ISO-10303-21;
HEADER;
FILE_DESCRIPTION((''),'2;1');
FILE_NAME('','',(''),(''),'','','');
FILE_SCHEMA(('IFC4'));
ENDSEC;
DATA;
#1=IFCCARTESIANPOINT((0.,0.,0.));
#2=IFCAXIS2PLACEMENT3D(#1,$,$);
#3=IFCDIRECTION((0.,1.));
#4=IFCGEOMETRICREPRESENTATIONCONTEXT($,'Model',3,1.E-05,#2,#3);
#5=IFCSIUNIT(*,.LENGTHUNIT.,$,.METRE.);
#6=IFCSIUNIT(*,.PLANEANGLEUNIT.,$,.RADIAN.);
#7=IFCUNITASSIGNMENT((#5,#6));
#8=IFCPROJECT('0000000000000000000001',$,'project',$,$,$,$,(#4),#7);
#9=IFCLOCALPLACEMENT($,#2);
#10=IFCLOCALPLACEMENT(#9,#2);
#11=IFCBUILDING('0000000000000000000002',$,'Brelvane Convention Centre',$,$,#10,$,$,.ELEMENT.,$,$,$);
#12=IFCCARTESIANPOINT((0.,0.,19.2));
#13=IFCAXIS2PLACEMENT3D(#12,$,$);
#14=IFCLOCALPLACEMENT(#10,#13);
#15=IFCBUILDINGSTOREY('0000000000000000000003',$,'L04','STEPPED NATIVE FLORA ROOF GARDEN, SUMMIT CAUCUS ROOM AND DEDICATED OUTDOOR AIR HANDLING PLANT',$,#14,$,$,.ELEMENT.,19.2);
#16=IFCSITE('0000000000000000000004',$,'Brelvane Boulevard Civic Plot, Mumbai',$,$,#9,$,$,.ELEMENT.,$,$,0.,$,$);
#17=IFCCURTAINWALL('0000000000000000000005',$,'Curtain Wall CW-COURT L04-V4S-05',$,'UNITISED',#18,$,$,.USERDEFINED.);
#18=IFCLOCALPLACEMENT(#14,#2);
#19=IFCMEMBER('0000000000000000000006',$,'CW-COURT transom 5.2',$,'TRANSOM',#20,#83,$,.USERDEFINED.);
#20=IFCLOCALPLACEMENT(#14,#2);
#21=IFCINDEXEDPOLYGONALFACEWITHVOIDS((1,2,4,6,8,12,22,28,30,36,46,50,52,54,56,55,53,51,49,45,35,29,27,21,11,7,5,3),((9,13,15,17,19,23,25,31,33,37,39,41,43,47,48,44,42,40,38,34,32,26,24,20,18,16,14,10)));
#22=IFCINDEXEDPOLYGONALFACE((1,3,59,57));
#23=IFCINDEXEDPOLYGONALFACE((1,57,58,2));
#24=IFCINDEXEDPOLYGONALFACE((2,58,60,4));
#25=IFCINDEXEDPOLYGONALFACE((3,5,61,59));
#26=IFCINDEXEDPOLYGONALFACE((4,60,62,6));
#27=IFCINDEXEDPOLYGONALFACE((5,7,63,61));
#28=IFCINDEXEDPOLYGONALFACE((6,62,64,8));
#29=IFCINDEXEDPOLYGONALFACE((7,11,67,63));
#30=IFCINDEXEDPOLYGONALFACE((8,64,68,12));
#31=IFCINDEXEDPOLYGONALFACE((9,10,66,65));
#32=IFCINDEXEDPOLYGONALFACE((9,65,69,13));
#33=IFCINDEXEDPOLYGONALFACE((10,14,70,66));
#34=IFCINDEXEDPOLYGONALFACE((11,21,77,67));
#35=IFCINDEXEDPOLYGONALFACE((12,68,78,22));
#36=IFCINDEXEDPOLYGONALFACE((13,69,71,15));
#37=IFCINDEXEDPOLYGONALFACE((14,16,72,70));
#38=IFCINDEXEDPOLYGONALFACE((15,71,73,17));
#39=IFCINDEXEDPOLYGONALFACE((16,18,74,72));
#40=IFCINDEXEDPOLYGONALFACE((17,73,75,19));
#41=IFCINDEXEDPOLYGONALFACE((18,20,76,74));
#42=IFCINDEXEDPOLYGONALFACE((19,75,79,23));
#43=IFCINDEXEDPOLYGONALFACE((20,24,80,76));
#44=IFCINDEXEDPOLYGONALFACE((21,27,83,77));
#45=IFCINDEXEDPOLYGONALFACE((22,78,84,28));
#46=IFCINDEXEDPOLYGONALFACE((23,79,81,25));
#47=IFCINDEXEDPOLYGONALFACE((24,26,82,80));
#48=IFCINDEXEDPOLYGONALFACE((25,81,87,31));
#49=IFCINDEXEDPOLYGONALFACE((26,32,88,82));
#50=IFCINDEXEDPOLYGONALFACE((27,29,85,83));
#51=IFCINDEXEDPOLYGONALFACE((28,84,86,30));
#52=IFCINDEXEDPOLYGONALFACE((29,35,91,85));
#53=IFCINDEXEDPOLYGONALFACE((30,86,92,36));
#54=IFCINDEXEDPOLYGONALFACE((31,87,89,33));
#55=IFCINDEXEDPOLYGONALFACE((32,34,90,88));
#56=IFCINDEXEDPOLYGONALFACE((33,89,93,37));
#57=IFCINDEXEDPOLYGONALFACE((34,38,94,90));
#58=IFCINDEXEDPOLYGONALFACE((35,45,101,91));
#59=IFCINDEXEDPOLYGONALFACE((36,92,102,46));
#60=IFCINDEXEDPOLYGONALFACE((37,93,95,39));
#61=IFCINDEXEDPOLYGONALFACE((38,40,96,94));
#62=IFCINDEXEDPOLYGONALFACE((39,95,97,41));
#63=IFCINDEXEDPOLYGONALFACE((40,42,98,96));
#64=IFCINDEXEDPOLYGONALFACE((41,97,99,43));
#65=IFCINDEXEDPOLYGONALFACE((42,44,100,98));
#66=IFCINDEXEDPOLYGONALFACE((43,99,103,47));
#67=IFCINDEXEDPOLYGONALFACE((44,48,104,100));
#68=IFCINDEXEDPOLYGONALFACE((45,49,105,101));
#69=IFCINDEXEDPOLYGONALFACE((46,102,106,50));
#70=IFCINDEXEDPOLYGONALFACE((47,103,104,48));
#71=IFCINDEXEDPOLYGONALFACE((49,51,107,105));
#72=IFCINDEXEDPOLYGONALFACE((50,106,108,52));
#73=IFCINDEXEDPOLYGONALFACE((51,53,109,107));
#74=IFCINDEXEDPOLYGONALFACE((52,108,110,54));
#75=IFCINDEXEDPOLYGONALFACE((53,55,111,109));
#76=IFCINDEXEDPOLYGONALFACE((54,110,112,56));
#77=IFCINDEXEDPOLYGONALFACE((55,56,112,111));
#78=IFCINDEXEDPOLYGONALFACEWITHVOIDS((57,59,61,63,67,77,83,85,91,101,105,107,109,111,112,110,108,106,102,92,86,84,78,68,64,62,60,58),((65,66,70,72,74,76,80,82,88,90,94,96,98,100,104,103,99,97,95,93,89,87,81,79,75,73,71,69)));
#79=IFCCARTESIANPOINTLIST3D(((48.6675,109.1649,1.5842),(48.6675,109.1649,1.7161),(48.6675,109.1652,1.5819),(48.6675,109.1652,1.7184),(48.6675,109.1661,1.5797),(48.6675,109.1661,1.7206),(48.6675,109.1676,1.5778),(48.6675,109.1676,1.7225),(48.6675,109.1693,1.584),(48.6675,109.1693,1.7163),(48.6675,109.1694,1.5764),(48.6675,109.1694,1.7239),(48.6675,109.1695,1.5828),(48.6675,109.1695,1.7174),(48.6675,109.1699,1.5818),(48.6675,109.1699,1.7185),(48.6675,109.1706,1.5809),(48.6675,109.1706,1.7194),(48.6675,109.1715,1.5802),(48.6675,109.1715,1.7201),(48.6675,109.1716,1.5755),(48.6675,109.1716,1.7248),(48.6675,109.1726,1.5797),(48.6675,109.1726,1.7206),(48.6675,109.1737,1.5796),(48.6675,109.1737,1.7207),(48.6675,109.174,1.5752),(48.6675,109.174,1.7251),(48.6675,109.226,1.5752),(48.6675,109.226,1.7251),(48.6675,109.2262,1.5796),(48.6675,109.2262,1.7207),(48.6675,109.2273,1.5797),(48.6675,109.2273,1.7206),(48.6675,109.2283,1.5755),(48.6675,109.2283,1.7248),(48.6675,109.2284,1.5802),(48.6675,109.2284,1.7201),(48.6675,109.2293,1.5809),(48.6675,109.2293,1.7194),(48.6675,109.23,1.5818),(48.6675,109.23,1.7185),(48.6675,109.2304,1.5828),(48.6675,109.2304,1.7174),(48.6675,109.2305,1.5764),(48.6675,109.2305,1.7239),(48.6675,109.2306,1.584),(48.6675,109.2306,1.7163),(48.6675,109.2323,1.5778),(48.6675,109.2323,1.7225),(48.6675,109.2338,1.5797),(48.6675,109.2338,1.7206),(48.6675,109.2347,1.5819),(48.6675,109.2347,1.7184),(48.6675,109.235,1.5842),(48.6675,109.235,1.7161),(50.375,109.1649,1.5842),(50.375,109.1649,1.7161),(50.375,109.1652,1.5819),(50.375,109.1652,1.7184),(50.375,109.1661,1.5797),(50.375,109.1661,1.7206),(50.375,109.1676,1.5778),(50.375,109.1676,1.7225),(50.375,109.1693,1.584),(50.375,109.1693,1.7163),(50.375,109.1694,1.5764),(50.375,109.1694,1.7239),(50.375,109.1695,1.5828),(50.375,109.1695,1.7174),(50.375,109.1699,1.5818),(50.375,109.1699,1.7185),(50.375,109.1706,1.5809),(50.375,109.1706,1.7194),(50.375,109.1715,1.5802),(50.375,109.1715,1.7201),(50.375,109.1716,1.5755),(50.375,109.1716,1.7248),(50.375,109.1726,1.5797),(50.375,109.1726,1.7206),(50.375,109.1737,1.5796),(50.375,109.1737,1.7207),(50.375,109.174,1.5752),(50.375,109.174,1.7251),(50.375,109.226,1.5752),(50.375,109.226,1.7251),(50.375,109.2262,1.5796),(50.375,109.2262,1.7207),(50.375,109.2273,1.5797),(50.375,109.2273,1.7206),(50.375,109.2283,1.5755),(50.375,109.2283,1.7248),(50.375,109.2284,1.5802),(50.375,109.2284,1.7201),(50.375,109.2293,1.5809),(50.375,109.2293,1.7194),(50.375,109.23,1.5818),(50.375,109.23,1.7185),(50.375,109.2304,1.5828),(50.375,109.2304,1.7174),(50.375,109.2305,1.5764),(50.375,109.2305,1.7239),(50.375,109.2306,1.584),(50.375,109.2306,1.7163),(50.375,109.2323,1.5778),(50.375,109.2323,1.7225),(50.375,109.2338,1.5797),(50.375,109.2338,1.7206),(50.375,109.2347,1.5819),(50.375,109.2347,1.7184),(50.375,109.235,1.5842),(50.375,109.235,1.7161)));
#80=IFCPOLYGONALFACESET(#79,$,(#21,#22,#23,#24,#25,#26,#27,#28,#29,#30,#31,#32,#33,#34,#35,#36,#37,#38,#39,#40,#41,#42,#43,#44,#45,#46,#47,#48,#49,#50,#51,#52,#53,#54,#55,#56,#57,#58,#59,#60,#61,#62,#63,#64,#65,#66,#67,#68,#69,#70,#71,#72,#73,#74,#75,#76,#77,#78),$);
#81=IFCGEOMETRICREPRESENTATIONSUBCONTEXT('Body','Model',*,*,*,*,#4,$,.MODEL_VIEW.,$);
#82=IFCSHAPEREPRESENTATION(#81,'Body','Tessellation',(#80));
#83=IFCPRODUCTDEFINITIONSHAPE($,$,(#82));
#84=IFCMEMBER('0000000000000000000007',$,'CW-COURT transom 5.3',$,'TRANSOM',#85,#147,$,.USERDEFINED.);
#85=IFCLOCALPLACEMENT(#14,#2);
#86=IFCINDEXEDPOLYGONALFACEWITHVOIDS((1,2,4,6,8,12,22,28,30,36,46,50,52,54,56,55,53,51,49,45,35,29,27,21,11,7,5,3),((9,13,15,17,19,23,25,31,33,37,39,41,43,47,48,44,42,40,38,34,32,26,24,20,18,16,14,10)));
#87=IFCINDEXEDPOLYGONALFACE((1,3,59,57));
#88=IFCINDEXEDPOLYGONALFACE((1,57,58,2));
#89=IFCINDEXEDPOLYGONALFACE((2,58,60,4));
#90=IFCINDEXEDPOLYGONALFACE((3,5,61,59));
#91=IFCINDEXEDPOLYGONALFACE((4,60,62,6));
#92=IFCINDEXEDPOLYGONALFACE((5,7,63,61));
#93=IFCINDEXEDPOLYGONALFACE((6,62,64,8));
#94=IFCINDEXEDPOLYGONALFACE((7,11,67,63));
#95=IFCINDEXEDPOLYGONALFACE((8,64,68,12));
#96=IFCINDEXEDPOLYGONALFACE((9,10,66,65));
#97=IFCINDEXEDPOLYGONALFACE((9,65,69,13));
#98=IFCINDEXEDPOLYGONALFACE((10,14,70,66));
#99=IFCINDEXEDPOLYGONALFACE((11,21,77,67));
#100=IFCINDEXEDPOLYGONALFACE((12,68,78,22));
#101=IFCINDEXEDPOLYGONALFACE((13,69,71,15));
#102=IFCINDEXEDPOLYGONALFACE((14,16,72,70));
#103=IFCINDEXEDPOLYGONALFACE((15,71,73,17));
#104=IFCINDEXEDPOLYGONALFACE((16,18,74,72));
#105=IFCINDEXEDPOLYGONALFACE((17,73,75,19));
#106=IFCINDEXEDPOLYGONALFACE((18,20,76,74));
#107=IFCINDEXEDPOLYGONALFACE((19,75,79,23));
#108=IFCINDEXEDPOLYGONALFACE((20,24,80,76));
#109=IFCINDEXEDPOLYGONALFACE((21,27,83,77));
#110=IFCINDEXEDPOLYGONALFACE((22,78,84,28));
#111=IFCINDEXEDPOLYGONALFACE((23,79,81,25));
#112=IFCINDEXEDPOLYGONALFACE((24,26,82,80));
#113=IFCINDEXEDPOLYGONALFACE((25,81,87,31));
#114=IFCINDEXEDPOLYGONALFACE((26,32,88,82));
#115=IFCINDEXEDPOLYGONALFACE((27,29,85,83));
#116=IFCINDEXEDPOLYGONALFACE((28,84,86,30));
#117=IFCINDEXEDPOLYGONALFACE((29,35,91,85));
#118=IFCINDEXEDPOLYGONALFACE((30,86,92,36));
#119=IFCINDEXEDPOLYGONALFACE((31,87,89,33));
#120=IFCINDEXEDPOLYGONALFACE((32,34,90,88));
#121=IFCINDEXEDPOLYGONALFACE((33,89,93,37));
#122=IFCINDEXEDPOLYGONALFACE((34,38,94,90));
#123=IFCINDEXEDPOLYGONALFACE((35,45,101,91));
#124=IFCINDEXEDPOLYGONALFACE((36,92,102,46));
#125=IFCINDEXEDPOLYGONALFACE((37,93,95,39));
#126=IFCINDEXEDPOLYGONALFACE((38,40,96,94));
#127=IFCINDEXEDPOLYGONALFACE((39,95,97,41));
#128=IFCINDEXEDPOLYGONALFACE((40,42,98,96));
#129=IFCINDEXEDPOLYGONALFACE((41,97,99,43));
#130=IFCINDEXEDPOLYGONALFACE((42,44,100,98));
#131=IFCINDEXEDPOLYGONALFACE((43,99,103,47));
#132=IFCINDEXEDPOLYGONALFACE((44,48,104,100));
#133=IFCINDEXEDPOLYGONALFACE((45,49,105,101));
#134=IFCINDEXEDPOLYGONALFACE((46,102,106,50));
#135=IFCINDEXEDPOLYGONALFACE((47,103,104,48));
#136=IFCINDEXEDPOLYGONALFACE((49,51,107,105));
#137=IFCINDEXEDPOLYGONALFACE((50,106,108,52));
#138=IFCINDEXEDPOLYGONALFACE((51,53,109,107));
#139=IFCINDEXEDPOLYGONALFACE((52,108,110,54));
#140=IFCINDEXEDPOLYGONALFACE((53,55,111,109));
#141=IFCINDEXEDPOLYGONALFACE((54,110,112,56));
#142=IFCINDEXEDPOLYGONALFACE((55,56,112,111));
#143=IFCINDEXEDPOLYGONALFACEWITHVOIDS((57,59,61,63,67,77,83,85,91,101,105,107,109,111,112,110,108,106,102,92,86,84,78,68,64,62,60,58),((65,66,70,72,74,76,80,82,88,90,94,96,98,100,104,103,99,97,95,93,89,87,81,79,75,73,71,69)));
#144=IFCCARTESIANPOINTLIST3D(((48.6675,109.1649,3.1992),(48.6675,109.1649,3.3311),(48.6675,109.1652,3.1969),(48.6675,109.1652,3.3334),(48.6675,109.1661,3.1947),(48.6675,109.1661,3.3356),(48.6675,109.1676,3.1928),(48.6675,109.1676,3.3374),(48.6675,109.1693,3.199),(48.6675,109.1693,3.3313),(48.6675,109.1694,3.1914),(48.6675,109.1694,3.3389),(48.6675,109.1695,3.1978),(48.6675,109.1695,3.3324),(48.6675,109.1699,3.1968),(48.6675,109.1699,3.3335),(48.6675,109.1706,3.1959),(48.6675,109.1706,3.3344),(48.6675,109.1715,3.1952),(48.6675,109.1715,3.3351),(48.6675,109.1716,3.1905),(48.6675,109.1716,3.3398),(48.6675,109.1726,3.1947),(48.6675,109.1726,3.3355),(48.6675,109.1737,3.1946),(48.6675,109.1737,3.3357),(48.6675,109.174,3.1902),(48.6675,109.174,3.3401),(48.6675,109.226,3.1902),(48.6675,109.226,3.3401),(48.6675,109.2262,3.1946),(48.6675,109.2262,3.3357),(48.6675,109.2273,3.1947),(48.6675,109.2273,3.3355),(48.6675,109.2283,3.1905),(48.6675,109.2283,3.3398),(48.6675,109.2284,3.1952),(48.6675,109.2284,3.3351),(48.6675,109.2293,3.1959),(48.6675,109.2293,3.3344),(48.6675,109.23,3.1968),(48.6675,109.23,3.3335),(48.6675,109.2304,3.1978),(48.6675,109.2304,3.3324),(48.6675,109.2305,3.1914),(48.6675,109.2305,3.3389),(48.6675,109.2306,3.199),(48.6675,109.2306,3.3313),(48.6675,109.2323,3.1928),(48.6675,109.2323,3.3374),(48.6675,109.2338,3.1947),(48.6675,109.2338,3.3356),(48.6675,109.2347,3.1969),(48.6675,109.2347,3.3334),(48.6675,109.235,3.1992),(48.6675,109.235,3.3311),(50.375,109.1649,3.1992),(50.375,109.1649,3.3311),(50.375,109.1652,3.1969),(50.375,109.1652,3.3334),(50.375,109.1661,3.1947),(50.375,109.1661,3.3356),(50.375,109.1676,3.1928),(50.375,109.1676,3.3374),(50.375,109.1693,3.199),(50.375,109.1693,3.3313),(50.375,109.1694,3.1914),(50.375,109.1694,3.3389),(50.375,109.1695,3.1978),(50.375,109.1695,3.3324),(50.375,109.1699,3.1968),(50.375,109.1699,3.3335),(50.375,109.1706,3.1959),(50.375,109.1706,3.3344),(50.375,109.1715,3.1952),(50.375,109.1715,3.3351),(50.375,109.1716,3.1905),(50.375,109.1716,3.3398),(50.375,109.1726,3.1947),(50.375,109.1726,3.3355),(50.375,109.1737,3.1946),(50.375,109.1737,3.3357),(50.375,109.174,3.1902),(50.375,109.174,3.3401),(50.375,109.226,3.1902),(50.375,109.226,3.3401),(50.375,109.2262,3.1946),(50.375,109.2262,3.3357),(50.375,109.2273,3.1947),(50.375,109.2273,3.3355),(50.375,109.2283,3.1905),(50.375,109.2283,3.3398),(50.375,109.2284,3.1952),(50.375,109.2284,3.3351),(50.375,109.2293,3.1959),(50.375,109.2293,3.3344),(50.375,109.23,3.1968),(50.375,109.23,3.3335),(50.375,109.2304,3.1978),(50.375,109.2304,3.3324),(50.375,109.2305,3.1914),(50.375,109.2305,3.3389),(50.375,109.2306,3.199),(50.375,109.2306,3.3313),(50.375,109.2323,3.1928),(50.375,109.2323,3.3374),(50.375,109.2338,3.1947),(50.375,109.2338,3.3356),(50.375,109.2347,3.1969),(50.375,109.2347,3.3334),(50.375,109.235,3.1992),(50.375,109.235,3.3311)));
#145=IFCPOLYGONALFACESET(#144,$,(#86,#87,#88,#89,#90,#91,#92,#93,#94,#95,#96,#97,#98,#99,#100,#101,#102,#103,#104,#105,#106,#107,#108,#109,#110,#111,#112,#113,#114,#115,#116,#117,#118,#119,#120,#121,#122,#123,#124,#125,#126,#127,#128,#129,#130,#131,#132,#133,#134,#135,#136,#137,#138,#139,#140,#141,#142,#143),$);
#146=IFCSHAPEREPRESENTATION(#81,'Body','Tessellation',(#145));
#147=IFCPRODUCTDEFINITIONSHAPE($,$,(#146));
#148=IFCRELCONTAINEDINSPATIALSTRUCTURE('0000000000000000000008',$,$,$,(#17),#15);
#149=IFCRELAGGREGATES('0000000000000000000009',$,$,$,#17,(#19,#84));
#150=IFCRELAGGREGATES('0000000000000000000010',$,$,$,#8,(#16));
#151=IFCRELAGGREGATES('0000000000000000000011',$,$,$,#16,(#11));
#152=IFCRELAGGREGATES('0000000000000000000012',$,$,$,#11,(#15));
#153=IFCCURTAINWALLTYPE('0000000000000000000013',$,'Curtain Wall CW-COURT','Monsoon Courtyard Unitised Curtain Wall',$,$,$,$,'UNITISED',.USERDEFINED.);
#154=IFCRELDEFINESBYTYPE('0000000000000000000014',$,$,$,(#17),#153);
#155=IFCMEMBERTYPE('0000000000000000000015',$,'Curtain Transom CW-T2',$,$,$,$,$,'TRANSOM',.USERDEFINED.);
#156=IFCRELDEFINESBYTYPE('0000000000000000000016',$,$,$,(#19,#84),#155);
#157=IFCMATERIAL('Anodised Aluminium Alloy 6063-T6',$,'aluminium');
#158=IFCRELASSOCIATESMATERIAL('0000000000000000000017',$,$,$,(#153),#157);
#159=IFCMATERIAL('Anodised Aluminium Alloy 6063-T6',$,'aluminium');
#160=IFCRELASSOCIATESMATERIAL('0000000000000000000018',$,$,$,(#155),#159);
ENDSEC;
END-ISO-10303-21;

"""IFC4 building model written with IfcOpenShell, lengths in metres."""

from ifc_helpers import new_model, si_unit, direction, frame, origin, origin_2d, place, context, subcontext, project, spatial, hollow_rectangle, extrude, material, material_profile, profile_set, type_object, element, aggregate, save


model = new_model("IFC4")

# Units and contexts
model_context = context("Model", 3, precision=1e-05, world=origin(), true_north=direction((0.0, 1.0)))
body_context = subcontext(model_context, "Body", "Model", "MODEL_VIEW")
ifc_project = project(units=[si_unit("LENGTHUNIT", "METRE"), si_unit("PLANEANGLEUNIT", "RADIAN")], contexts=[model_context])

# Site, building, storey
site_placement = place(None, origin())
site = spatial("IfcSite", under=ifc_project, at=site_placement, Name="Brelvane Boulevard Civic Plot, Mumbai", CompositionType="ELEMENT", RefElevation=0.0)
building_placement = place(site_placement, origin())
building = spatial("IfcBuilding", under=site, at=building_placement, Name="Brelvane Convention Centre", CompositionType="ELEMENT")
storey_placement = place(building_placement, frame((0.0, 0.0, 19.2)))
storey = spatial("IfcBuildingStorey", under=building, at=storey_placement, Name="L04", Description="STEPPED NATIVE FLORA ROOF GARDEN, SUMMIT CAUCUS ROOM AND DEDICATED OUTDOOR AIR HANDLING PLANT", CompositionType="ELEMENT", Elevation=19.2)

# Curtain wall
ifc_material_1 = material(Name="Anodised Aluminium Alloy 6063-T6", Category="aluminium")
curtain_wall_type = type_object("IfcCurtainWallType", Name="Curtain Wall CW-COURT", Description="Monsoon Courtyard Unitised Curtain Wall", ElementType="UNITISED", PredefinedType="USERDEFINED", material=ifc_material_1)
curtain_wall_1_placement = place(storey_placement, origin())
curtain_wall_1 = element("IfcCurtainWall", 1, at=curtain_wall_1_placement, inside=storey, type_object=curtain_wall_type, Name="Curtain Wall CW-COURT L04-V4S-05", ObjectType="UNITISED", PredefinedType="USERDEFINED")

# Members
ifc_material_2 = material(Name="Anodised Aluminium Alloy 6063-T6", Category="aluminium")
ifc_material_profile_1 = material_profile(ifc_material_2, hollow_rectangle(XDim=0.0701, YDim=0.1499, WallThickness=0.0044, InnerFilletRadius=0.0044, OuterFilletRadius=0.009, at=origin_2d()), Name="ALU-T 150x70x4.5")
ifc_profile_set_1 = profile_set([ifc_material_profile_1], Name="Anodised Aluminium Alloy 6063-T6")
member_type_1 = type_object("IfcMemberType", Name="Curtain Transom CW-T2", ElementType="TRANSOM", PredefinedType="USERDEFINED", material=ifc_profile_set_1)
member_1_placement = place(storey_placement, frame((48.6675, 109.2, 1.6501), z_axis=(1.0, 0.0, 0.0), x_axis=(0.0, 1.0, 0.0)))
member_1 = element("IfcMember", 2, at=member_1_placement, type_object=member_type_1, Name="CW-COURT transom 5.2", ObjectType="TRANSOM", PredefinedType="USERDEFINED", context=body_context, shape_type="SweptSolid", body=[
    extrude(hollow_rectangle(XDim=0.0701, YDim=0.1499, WallThickness=0.0044, InnerFilletRadius=0.0044, OuterFilletRadius=0.009, at=origin_2d()), origin(), (0.0, 0.0, 1.0), 1.7075),
])
member_2_placement = place(storey_placement, frame((48.6675, 109.2, 3.2651), z_axis=(1.0, 0.0, 0.0), x_axis=(0.0, 1.0, 0.0)))
member_2 = element("IfcMember", 3, at=member_2_placement, type_object=member_type_1, Name="CW-COURT transom 5.3", ObjectType="TRANSOM", PredefinedType="USERDEFINED", context=body_context, shape_type="SweptSolid", body=[
    extrude(hollow_rectangle(XDim=0.0701, YDim=0.1499, WallThickness=0.0044, InnerFilletRadius=0.0044, OuterFilletRadius=0.009, at=origin_2d()), origin(), (0.0, 0.0, 1.0), 1.7075),
])

aggregate(curtain_wall_1, [member_1, member_2])

save(model, "model.ifc")
